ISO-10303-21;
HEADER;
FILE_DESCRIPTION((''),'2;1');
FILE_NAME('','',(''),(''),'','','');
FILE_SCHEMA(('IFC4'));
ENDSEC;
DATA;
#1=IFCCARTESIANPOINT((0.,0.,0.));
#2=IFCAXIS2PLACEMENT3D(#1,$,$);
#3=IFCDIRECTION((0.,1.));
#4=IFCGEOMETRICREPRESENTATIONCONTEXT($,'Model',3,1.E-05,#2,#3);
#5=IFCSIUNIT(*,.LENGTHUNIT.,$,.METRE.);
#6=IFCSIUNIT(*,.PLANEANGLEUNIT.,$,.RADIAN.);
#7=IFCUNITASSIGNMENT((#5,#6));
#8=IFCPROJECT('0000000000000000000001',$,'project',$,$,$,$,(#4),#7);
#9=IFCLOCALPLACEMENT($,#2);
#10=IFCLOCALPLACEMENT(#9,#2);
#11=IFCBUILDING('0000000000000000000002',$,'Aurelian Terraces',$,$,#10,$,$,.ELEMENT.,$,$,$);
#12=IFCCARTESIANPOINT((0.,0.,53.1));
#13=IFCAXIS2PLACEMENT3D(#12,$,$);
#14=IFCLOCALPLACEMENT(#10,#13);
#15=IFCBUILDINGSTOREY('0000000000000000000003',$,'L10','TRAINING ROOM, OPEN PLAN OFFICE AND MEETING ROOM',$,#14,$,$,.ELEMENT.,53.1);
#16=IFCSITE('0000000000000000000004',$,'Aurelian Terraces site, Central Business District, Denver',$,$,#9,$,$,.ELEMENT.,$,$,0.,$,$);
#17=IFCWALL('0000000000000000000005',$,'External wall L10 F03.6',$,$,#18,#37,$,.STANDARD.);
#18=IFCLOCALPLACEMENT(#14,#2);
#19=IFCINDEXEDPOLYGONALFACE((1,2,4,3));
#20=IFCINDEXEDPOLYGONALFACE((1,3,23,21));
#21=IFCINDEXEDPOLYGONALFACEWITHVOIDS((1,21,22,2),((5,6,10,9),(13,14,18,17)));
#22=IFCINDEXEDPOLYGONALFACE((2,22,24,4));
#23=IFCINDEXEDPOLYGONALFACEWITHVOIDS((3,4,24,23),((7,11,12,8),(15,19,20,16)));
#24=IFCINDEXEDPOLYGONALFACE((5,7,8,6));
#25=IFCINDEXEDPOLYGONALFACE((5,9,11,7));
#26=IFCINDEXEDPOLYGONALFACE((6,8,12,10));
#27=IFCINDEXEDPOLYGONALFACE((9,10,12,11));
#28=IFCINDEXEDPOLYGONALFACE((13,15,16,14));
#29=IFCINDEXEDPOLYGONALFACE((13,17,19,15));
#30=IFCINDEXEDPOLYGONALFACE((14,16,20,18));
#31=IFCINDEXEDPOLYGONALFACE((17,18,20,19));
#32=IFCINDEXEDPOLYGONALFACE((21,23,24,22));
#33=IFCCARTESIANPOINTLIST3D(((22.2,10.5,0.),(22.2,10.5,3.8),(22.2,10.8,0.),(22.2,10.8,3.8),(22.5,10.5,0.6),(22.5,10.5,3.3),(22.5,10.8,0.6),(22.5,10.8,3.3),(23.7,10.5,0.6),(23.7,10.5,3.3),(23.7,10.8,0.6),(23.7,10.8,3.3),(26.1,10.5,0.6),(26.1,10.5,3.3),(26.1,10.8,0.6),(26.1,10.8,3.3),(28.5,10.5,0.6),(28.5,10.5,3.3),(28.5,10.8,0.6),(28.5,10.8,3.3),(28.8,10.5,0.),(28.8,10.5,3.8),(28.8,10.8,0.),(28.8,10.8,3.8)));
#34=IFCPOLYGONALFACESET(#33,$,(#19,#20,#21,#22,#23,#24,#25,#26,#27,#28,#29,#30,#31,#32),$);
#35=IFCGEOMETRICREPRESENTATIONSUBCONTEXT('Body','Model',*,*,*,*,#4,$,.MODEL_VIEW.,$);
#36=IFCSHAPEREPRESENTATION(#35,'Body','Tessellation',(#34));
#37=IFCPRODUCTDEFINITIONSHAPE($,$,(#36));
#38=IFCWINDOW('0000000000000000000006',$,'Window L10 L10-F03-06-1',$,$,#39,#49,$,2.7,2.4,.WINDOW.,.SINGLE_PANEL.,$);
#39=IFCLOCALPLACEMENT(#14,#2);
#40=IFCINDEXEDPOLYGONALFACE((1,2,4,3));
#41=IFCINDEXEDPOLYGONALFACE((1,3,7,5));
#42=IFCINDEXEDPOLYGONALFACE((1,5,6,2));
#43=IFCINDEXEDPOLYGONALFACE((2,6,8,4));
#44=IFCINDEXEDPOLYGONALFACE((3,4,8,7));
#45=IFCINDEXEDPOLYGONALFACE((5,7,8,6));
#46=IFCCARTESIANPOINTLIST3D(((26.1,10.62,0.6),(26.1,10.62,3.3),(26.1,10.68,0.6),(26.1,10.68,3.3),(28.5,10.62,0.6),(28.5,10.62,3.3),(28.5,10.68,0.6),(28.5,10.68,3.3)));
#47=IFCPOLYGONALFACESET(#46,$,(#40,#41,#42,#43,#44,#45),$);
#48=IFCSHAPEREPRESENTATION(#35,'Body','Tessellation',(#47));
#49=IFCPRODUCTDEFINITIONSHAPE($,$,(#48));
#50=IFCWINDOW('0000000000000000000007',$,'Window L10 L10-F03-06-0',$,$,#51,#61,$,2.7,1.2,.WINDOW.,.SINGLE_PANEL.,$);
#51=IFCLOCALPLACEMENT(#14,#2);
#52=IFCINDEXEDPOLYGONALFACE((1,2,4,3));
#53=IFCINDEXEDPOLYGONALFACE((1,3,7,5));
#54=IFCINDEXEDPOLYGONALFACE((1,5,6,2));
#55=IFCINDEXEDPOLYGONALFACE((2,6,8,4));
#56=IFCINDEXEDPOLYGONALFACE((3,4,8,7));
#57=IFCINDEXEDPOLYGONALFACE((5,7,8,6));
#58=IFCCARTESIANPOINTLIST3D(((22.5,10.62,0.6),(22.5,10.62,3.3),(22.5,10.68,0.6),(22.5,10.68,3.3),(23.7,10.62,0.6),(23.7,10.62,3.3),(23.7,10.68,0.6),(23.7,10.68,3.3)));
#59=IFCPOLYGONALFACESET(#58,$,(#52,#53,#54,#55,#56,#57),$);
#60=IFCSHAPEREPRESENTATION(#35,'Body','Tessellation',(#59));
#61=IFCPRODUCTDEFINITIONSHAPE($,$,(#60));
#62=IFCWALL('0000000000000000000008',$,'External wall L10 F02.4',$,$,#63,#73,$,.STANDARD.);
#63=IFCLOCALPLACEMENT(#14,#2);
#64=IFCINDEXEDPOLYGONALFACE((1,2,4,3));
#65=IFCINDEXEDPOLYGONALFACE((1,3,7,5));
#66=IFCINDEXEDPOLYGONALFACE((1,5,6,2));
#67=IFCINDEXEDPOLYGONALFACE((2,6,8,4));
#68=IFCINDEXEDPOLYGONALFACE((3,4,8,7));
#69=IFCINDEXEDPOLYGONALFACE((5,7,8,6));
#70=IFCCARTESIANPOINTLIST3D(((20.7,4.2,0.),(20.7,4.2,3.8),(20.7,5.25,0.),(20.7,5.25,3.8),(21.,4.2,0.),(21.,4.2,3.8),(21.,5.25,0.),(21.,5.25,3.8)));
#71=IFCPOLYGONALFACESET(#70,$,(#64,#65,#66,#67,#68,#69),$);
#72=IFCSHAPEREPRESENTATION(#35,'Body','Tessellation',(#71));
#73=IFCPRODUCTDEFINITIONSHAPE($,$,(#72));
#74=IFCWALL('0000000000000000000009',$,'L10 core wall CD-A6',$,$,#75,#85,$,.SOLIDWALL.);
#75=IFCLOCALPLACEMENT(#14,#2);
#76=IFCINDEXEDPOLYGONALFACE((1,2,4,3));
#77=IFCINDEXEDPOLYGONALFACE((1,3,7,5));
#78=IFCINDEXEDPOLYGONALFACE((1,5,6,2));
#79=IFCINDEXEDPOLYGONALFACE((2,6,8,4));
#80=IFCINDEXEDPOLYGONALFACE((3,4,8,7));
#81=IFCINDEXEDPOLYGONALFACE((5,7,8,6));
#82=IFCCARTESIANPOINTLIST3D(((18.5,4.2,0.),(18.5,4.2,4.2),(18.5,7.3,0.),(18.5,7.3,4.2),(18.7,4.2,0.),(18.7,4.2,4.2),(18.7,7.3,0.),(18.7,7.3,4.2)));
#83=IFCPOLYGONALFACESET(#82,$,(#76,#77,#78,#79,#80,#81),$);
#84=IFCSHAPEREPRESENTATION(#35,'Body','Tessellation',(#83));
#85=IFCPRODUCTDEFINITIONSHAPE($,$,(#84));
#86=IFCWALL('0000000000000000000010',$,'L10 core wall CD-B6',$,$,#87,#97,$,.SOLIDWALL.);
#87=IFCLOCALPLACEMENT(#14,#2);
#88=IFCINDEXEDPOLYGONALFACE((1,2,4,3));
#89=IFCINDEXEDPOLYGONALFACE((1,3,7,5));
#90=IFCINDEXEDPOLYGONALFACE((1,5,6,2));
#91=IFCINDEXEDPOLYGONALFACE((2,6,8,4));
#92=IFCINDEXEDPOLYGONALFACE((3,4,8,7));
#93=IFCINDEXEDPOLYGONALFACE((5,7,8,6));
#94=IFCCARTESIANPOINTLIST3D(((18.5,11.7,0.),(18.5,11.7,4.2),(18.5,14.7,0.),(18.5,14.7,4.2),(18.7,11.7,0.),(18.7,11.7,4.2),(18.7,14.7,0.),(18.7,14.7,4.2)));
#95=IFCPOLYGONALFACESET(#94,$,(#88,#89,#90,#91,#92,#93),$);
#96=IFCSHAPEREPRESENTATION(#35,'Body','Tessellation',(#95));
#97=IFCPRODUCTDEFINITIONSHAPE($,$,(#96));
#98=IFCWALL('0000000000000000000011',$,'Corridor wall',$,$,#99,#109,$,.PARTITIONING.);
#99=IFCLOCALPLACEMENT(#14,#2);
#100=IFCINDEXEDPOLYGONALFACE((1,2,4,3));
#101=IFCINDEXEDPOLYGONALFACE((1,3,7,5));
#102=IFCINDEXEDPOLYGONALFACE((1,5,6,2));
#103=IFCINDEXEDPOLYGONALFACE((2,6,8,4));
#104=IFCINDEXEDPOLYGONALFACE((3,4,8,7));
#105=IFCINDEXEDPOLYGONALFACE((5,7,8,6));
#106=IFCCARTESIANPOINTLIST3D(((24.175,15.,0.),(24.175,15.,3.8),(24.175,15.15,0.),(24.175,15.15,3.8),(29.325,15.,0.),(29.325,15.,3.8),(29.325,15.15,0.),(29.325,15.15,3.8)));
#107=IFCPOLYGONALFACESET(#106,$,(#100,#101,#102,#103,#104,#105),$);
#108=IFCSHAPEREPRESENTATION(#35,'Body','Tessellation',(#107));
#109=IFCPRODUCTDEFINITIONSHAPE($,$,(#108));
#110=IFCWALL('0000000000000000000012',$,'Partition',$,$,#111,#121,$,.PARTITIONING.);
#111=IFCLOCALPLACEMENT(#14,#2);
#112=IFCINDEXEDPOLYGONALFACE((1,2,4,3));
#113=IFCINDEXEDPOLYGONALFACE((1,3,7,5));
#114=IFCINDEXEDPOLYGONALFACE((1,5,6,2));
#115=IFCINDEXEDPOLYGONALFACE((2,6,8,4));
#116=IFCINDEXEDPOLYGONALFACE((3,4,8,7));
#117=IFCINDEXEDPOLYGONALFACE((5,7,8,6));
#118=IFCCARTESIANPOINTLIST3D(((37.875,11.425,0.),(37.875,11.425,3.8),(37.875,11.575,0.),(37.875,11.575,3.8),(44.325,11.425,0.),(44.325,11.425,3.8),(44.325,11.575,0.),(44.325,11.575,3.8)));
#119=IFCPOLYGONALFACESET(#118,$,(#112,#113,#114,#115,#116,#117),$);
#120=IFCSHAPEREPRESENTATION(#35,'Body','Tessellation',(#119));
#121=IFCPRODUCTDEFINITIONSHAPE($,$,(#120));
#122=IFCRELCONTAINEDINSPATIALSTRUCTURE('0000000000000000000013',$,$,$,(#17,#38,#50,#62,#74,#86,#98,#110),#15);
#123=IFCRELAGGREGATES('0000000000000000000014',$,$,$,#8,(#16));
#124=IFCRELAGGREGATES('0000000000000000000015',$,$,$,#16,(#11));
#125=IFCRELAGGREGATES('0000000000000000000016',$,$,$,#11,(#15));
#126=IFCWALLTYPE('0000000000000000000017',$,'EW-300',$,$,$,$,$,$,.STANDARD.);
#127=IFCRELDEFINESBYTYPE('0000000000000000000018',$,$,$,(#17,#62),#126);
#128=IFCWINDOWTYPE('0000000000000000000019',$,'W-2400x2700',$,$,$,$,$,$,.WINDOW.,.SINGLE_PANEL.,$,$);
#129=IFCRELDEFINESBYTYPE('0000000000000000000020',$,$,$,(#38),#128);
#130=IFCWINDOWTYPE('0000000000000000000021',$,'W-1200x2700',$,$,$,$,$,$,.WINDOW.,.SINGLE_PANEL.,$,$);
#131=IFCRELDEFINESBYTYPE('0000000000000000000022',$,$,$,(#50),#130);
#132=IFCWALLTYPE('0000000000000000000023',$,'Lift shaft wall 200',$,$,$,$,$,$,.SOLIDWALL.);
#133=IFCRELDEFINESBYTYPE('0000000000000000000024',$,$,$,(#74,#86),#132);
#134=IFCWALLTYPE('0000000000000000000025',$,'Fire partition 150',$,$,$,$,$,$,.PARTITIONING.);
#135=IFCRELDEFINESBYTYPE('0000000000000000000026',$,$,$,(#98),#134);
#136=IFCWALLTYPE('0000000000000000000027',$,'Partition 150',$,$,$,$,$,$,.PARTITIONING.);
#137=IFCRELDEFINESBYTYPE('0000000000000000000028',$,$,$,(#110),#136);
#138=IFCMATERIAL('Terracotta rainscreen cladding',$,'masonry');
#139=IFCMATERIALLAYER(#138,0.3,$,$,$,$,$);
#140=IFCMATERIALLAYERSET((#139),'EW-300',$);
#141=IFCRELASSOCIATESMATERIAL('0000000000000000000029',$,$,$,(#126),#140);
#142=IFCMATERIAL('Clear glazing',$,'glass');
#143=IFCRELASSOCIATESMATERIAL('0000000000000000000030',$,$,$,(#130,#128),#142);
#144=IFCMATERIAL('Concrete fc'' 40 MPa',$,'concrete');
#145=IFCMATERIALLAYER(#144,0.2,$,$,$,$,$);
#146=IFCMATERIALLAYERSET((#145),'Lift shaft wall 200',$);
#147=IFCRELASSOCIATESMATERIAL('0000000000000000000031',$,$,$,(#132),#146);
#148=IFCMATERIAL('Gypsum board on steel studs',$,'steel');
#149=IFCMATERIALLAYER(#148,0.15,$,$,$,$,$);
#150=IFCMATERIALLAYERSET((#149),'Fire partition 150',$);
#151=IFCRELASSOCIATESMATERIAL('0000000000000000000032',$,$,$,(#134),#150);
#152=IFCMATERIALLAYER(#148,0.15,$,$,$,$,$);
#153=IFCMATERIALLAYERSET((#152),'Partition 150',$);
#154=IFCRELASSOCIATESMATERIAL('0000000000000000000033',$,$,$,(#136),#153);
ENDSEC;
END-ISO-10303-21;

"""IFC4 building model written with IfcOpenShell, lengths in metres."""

from ifc_helpers import new_model, si_unit, direction, frame, frame_2d, origin, place, context, subcontext, project, spatial, rectangle, extrude, source, transform, mapped, material, layer, layer_set, type_object, element, fill, save


model = new_model("IFC4")

# Units and contexts
model_context = context("Model", 3, precision=1e-05, world=origin(), true_north=direction((0.0, 1.0)))
body_context = subcontext(model_context, "Body", "Model", "MODEL_VIEW")
ifc_project = project(units=[si_unit("LENGTHUNIT", "METRE"), si_unit("PLANEANGLEUNIT", "RADIAN")], contexts=[model_context])

# Site, building, storey
site_placement = place(None, origin())
site = spatial("IfcSite", under=ifc_project, at=site_placement, Name="Aurelian Terraces site, Central Business District, Denver", CompositionType="ELEMENT", RefElevation=0.0)
building_placement = place(site_placement, origin())
building = spatial("IfcBuilding", under=site, at=building_placement, Name="Aurelian Terraces", CompositionType="ELEMENT")
storey_placement = place(building_placement, frame((0.0, 0.0, 53.1)))
storey = spatial("IfcBuildingStorey", under=building, at=storey_placement, Name="L10", Description="TRAINING ROOM, OPEN PLAN OFFICE AND MEETING ROOM", CompositionType="ELEMENT", Elevation=53.1)

# Shared definitions
ifc_material_1 = material(Name="Terracotta rainscreen cladding", Category="masonry")
ifc_layer_1 = layer(ifc_material_1, 0.3)
ifc_layer_set_1 = layer_set([ifc_layer_1], Name="EW-300")
wall_type_1 = type_object("IfcWallType", Name="EW-300", PredefinedType="STANDARD", material=ifc_layer_set_1)
shared_shape_1 = source(origin(), body_context, "Body", "SweptSolid", [
    extrude(rectangle(XDim=1.2, YDim=2.7, at=frame_2d((0.6, 1.35))), frame((0.0, 0.16, 0.0), z_axis=(0.0, -1.0, 0.0), x_axis=(1.0, 0.0, 0.0)), (0.0, 0.0, 1.0), 0.32),
])
ifc_material_2 = material(Name="Clear glazing", Category="glass")
window_type_1 = type_object("IfcWindowType", Name="W-1200x2700", PartitioningType="SINGLE_PANEL", PredefinedType="WINDOW", material=ifc_material_2)
shared_shape_2 = source(origin(), body_context, "Body", "SweptSolid", [
    extrude(rectangle(XDim=1.2, YDim=2.7, at=frame_2d((0.6, 1.35))), frame((0.0, 0.03, 0.0), z_axis=(0.0, -1.0, 0.0), x_axis=(1.0, 0.0, 0.0)), (0.0, 0.0, 1.0), 0.06),
])

# Wall, openings, windows
shared_shape_3 = source(origin(), body_context, "Body", "SweptSolid", [
    extrude(rectangle(XDim=6.6, YDim=0.3, at=frame_2d((3.3, 0.0))), origin(), (0.0, 0.0, 1.0), 3.8),
])
wall_1_placement = place(storey_placement, frame((22.2, 10.65, 0.0), z_axis=(0.0, 0.0, 1.0), x_axis=(1.0, 0.0, 0.0)))
wall_1 = element("IfcWall", 1, at=wall_1_placement, inside=storey, type_object=wall_type_1, Name="External wall L10 F03.6", PredefinedType="STANDARD", context=body_context, shape_type="MappedRepresentation", body=[
    mapped(shared_shape_3, transform((0.0, 0.0, 0.0), scale=1.0)),
])
opening_1_placement = place(wall_1_placement, frame((0.3, 0.0, 0.6)))
opening_1 = element("IfcOpeningElement", 2, at=opening_1_placement, cuts=wall_1, PredefinedType="OPENING", context=body_context, shape_type="MappedRepresentation", body=[
    mapped(shared_shape_1, transform((0.0, 0.0, 0.0), scale=1.0)),
])
shared_shape_4 = source(origin(), body_context, "Body", "SweptSolid", [
    extrude(rectangle(XDim=2.4, YDim=2.7, at=frame_2d((1.2, 1.35))), frame((0.0, 0.16, 0.0), z_axis=(0.0, -1.0, 0.0), x_axis=(1.0, 0.0, 0.0)), (0.0, 0.0, 1.0), 0.32),
])
opening_2_placement = place(wall_1_placement, frame((3.9, 0.0, 0.6)))
opening_2 = element("IfcOpeningElement", 3, at=opening_2_placement, cuts=wall_1, PredefinedType="OPENING", context=body_context, shape_type="MappedRepresentation", body=[
    mapped(shared_shape_4, transform((0.0, 0.0, 0.0), scale=1.0)),
])
window_type_2 = type_object("IfcWindowType", Name="W-2400x2700", PartitioningType="SINGLE_PANEL", PredefinedType="WINDOW", material=ifc_material_2)
shared_shape_5 = source(origin(), body_context, "Body", "SweptSolid", [
    extrude(rectangle(XDim=2.4, YDim=2.7, at=frame_2d((1.2, 1.35))), frame((0.0, 0.03, 0.0), z_axis=(0.0, -1.0, 0.0), x_axis=(1.0, 0.0, 0.0)), (0.0, 0.0, 1.0), 0.06),
])
window_1_placement = place(opening_2_placement, origin())
window_1 = element("IfcWindow", 4, at=window_1_placement, inside=storey, type_object=window_type_2, Name="Window L10 L10-F03-06-1", OverallHeight=2.7, OverallWidth=2.4, PartitioningType="SINGLE_PANEL", PredefinedType="WINDOW", context=body_context, shape_type="MappedRepresentation", body=[
    mapped(shared_shape_5, transform((0.0, 0.0, 0.0), scale=1.0)),
])
fill(opening_2, window_1)
window_2_placement = place(opening_1_placement, origin())
window_2 = element("IfcWindow", 5, at=window_2_placement, inside=storey, type_object=window_type_1, Name="Window L10 L10-F03-06-0", OverallHeight=2.7, OverallWidth=1.2, PartitioningType="SINGLE_PANEL", PredefinedType="WINDOW", context=body_context, shape_type="MappedRepresentation", body=[
    mapped(shared_shape_2, transform((0.0, 0.0, 0.0), scale=1.0)),
])
fill(opening_1, window_2)

# Walls
shared_shape_6 = source(origin(), body_context, "Body", "SweptSolid", [
    extrude(rectangle(XDim=1.05, YDim=0.3, at=frame_2d((0.525, 0.0))), origin(), (0.0, 0.0, 1.0), 3.8),
])
wall_2_placement = place(storey_placement, frame((20.85, 4.2, 0.0), z_axis=(0.0, 0.0, 1.0), x_axis=(0.0, 1.0, 0.0)))
element("IfcWall", 6, at=wall_2_placement, inside=storey, type_object=wall_type_1, Name="External wall L10 F02.4", PredefinedType="STANDARD", context=body_context, shape_type="MappedRepresentation", body=[
    mapped(shared_shape_6, transform((0.0, 0.0, 0.0), scale=1.0)),
])
ifc_material_3 = material(Name="Concrete fc' 40 MPa", Category="concrete")
ifc_layer_2 = layer(ifc_material_3, 0.2)
ifc_layer_set_2 = layer_set([ifc_layer_2], Name="Lift shaft wall 200")
wall_type_2 = type_object("IfcWallType", Name="Lift shaft wall 200", PredefinedType="SOLIDWALL", material=ifc_layer_set_2)
shared_shape_7 = source(origin(), body_context, "Body", "SweptSolid", [
    extrude(rectangle(XDim=3.1, YDim=0.2, at=frame_2d((1.55, 0.0))), origin(), (0.0, 0.0, 1.0), 4.2),
])
wall_3_placement = place(storey_placement, frame((18.6, 4.2, 0.0), z_axis=(0.0, 0.0, 1.0), x_axis=(0.0, 1.0, 0.0)))
element("IfcWall", 7, at=wall_3_placement, inside=storey, type_object=wall_type_2, Name="L10 core wall CD-A6", PredefinedType="SOLIDWALL", context=body_context, shape_type="MappedRepresentation", body=[
    mapped(shared_shape_7, transform((0.0, 0.0, 0.0), scale=1.0)),
])
shared_shape_8 = source(origin(), body_context, "Body", "SweptSolid", [
    extrude(rectangle(XDim=3.0, YDim=0.2, at=frame_2d((1.5, 0.0))), origin(), (0.0, 0.0, 1.0), 4.2),
])
wall_4_placement = place(storey_placement, frame((18.6, 11.7, 0.0), z_axis=(0.0, 0.0, 1.0), x_axis=(0.0, 1.0, 0.0)))
element("IfcWall", 8, at=wall_4_placement, inside=storey, type_object=wall_type_2, Name="L10 core wall CD-B6", PredefinedType="SOLIDWALL", context=body_context, shape_type="MappedRepresentation", body=[
    mapped(shared_shape_8, transform((0.0, 0.0, 0.0), scale=1.0)),
])
ifc_material_4 = material(Name="Gypsum board on steel studs", Category="steel")
ifc_layer_3 = layer(ifc_material_4, 0.15)
ifc_layer_set_3 = layer_set([ifc_layer_3], Name="Fire partition 150")
wall_type_3 = type_object("IfcWallType", Name="Fire partition 150", PredefinedType="PARTITIONING", material=ifc_layer_set_3)
shared_shape_9 = source(origin(), body_context, "Body", "SweptSolid", [
    extrude(rectangle(XDim=5.15, YDim=0.15, at=frame_2d((2.575, 0.0))), origin(), (0.0, 0.0, 1.0), 3.8),
])
wall_5_placement = place(storey_placement, frame((29.325, 15.075, 0.0), z_axis=(0.0, 0.0, 1.0), x_axis=(-1.0, 0.0, 0.0)))
element("IfcWall", 9, at=wall_5_placement, inside=storey, type_object=wall_type_3, Name="Corridor wall", PredefinedType="PARTITIONING", context=body_context, shape_type="MappedRepresentation", body=[
    mapped(shared_shape_9, transform((0.0, 0.0, 0.0), scale=1.0)),
])
ifc_layer_4 = layer(ifc_material_4, 0.15)
ifc_layer_set_4 = layer_set([ifc_layer_4], Name="Partition 150")
wall_type_4 = type_object("IfcWallType", Name="Partition 150", PredefinedType="PARTITIONING", material=ifc_layer_set_4)
shared_shape_10 = source(origin(), body_context, "Body", "SweptSolid", [
    extrude(rectangle(XDim=6.45, YDim=0.15, at=frame_2d((3.225, 0.0))), origin(), (0.0, 0.0, 1.0), 3.8),
])
wall_6_placement = place(storey_placement, frame((37.875, 11.5, 0.0), z_axis=(0.0, 0.0, 1.0), x_axis=(1.0, 0.0, 0.0)))
element("IfcWall", 10, at=wall_6_placement, inside=storey, type_object=wall_type_4, Name="Partition", PredefinedType="PARTITIONING", context=body_context, shape_type="MappedRepresentation", body=[
    mapped(shared_shape_10, transform((0.0, 0.0, 0.0), scale=1.0)),
])

save(model, "model.ifc")
